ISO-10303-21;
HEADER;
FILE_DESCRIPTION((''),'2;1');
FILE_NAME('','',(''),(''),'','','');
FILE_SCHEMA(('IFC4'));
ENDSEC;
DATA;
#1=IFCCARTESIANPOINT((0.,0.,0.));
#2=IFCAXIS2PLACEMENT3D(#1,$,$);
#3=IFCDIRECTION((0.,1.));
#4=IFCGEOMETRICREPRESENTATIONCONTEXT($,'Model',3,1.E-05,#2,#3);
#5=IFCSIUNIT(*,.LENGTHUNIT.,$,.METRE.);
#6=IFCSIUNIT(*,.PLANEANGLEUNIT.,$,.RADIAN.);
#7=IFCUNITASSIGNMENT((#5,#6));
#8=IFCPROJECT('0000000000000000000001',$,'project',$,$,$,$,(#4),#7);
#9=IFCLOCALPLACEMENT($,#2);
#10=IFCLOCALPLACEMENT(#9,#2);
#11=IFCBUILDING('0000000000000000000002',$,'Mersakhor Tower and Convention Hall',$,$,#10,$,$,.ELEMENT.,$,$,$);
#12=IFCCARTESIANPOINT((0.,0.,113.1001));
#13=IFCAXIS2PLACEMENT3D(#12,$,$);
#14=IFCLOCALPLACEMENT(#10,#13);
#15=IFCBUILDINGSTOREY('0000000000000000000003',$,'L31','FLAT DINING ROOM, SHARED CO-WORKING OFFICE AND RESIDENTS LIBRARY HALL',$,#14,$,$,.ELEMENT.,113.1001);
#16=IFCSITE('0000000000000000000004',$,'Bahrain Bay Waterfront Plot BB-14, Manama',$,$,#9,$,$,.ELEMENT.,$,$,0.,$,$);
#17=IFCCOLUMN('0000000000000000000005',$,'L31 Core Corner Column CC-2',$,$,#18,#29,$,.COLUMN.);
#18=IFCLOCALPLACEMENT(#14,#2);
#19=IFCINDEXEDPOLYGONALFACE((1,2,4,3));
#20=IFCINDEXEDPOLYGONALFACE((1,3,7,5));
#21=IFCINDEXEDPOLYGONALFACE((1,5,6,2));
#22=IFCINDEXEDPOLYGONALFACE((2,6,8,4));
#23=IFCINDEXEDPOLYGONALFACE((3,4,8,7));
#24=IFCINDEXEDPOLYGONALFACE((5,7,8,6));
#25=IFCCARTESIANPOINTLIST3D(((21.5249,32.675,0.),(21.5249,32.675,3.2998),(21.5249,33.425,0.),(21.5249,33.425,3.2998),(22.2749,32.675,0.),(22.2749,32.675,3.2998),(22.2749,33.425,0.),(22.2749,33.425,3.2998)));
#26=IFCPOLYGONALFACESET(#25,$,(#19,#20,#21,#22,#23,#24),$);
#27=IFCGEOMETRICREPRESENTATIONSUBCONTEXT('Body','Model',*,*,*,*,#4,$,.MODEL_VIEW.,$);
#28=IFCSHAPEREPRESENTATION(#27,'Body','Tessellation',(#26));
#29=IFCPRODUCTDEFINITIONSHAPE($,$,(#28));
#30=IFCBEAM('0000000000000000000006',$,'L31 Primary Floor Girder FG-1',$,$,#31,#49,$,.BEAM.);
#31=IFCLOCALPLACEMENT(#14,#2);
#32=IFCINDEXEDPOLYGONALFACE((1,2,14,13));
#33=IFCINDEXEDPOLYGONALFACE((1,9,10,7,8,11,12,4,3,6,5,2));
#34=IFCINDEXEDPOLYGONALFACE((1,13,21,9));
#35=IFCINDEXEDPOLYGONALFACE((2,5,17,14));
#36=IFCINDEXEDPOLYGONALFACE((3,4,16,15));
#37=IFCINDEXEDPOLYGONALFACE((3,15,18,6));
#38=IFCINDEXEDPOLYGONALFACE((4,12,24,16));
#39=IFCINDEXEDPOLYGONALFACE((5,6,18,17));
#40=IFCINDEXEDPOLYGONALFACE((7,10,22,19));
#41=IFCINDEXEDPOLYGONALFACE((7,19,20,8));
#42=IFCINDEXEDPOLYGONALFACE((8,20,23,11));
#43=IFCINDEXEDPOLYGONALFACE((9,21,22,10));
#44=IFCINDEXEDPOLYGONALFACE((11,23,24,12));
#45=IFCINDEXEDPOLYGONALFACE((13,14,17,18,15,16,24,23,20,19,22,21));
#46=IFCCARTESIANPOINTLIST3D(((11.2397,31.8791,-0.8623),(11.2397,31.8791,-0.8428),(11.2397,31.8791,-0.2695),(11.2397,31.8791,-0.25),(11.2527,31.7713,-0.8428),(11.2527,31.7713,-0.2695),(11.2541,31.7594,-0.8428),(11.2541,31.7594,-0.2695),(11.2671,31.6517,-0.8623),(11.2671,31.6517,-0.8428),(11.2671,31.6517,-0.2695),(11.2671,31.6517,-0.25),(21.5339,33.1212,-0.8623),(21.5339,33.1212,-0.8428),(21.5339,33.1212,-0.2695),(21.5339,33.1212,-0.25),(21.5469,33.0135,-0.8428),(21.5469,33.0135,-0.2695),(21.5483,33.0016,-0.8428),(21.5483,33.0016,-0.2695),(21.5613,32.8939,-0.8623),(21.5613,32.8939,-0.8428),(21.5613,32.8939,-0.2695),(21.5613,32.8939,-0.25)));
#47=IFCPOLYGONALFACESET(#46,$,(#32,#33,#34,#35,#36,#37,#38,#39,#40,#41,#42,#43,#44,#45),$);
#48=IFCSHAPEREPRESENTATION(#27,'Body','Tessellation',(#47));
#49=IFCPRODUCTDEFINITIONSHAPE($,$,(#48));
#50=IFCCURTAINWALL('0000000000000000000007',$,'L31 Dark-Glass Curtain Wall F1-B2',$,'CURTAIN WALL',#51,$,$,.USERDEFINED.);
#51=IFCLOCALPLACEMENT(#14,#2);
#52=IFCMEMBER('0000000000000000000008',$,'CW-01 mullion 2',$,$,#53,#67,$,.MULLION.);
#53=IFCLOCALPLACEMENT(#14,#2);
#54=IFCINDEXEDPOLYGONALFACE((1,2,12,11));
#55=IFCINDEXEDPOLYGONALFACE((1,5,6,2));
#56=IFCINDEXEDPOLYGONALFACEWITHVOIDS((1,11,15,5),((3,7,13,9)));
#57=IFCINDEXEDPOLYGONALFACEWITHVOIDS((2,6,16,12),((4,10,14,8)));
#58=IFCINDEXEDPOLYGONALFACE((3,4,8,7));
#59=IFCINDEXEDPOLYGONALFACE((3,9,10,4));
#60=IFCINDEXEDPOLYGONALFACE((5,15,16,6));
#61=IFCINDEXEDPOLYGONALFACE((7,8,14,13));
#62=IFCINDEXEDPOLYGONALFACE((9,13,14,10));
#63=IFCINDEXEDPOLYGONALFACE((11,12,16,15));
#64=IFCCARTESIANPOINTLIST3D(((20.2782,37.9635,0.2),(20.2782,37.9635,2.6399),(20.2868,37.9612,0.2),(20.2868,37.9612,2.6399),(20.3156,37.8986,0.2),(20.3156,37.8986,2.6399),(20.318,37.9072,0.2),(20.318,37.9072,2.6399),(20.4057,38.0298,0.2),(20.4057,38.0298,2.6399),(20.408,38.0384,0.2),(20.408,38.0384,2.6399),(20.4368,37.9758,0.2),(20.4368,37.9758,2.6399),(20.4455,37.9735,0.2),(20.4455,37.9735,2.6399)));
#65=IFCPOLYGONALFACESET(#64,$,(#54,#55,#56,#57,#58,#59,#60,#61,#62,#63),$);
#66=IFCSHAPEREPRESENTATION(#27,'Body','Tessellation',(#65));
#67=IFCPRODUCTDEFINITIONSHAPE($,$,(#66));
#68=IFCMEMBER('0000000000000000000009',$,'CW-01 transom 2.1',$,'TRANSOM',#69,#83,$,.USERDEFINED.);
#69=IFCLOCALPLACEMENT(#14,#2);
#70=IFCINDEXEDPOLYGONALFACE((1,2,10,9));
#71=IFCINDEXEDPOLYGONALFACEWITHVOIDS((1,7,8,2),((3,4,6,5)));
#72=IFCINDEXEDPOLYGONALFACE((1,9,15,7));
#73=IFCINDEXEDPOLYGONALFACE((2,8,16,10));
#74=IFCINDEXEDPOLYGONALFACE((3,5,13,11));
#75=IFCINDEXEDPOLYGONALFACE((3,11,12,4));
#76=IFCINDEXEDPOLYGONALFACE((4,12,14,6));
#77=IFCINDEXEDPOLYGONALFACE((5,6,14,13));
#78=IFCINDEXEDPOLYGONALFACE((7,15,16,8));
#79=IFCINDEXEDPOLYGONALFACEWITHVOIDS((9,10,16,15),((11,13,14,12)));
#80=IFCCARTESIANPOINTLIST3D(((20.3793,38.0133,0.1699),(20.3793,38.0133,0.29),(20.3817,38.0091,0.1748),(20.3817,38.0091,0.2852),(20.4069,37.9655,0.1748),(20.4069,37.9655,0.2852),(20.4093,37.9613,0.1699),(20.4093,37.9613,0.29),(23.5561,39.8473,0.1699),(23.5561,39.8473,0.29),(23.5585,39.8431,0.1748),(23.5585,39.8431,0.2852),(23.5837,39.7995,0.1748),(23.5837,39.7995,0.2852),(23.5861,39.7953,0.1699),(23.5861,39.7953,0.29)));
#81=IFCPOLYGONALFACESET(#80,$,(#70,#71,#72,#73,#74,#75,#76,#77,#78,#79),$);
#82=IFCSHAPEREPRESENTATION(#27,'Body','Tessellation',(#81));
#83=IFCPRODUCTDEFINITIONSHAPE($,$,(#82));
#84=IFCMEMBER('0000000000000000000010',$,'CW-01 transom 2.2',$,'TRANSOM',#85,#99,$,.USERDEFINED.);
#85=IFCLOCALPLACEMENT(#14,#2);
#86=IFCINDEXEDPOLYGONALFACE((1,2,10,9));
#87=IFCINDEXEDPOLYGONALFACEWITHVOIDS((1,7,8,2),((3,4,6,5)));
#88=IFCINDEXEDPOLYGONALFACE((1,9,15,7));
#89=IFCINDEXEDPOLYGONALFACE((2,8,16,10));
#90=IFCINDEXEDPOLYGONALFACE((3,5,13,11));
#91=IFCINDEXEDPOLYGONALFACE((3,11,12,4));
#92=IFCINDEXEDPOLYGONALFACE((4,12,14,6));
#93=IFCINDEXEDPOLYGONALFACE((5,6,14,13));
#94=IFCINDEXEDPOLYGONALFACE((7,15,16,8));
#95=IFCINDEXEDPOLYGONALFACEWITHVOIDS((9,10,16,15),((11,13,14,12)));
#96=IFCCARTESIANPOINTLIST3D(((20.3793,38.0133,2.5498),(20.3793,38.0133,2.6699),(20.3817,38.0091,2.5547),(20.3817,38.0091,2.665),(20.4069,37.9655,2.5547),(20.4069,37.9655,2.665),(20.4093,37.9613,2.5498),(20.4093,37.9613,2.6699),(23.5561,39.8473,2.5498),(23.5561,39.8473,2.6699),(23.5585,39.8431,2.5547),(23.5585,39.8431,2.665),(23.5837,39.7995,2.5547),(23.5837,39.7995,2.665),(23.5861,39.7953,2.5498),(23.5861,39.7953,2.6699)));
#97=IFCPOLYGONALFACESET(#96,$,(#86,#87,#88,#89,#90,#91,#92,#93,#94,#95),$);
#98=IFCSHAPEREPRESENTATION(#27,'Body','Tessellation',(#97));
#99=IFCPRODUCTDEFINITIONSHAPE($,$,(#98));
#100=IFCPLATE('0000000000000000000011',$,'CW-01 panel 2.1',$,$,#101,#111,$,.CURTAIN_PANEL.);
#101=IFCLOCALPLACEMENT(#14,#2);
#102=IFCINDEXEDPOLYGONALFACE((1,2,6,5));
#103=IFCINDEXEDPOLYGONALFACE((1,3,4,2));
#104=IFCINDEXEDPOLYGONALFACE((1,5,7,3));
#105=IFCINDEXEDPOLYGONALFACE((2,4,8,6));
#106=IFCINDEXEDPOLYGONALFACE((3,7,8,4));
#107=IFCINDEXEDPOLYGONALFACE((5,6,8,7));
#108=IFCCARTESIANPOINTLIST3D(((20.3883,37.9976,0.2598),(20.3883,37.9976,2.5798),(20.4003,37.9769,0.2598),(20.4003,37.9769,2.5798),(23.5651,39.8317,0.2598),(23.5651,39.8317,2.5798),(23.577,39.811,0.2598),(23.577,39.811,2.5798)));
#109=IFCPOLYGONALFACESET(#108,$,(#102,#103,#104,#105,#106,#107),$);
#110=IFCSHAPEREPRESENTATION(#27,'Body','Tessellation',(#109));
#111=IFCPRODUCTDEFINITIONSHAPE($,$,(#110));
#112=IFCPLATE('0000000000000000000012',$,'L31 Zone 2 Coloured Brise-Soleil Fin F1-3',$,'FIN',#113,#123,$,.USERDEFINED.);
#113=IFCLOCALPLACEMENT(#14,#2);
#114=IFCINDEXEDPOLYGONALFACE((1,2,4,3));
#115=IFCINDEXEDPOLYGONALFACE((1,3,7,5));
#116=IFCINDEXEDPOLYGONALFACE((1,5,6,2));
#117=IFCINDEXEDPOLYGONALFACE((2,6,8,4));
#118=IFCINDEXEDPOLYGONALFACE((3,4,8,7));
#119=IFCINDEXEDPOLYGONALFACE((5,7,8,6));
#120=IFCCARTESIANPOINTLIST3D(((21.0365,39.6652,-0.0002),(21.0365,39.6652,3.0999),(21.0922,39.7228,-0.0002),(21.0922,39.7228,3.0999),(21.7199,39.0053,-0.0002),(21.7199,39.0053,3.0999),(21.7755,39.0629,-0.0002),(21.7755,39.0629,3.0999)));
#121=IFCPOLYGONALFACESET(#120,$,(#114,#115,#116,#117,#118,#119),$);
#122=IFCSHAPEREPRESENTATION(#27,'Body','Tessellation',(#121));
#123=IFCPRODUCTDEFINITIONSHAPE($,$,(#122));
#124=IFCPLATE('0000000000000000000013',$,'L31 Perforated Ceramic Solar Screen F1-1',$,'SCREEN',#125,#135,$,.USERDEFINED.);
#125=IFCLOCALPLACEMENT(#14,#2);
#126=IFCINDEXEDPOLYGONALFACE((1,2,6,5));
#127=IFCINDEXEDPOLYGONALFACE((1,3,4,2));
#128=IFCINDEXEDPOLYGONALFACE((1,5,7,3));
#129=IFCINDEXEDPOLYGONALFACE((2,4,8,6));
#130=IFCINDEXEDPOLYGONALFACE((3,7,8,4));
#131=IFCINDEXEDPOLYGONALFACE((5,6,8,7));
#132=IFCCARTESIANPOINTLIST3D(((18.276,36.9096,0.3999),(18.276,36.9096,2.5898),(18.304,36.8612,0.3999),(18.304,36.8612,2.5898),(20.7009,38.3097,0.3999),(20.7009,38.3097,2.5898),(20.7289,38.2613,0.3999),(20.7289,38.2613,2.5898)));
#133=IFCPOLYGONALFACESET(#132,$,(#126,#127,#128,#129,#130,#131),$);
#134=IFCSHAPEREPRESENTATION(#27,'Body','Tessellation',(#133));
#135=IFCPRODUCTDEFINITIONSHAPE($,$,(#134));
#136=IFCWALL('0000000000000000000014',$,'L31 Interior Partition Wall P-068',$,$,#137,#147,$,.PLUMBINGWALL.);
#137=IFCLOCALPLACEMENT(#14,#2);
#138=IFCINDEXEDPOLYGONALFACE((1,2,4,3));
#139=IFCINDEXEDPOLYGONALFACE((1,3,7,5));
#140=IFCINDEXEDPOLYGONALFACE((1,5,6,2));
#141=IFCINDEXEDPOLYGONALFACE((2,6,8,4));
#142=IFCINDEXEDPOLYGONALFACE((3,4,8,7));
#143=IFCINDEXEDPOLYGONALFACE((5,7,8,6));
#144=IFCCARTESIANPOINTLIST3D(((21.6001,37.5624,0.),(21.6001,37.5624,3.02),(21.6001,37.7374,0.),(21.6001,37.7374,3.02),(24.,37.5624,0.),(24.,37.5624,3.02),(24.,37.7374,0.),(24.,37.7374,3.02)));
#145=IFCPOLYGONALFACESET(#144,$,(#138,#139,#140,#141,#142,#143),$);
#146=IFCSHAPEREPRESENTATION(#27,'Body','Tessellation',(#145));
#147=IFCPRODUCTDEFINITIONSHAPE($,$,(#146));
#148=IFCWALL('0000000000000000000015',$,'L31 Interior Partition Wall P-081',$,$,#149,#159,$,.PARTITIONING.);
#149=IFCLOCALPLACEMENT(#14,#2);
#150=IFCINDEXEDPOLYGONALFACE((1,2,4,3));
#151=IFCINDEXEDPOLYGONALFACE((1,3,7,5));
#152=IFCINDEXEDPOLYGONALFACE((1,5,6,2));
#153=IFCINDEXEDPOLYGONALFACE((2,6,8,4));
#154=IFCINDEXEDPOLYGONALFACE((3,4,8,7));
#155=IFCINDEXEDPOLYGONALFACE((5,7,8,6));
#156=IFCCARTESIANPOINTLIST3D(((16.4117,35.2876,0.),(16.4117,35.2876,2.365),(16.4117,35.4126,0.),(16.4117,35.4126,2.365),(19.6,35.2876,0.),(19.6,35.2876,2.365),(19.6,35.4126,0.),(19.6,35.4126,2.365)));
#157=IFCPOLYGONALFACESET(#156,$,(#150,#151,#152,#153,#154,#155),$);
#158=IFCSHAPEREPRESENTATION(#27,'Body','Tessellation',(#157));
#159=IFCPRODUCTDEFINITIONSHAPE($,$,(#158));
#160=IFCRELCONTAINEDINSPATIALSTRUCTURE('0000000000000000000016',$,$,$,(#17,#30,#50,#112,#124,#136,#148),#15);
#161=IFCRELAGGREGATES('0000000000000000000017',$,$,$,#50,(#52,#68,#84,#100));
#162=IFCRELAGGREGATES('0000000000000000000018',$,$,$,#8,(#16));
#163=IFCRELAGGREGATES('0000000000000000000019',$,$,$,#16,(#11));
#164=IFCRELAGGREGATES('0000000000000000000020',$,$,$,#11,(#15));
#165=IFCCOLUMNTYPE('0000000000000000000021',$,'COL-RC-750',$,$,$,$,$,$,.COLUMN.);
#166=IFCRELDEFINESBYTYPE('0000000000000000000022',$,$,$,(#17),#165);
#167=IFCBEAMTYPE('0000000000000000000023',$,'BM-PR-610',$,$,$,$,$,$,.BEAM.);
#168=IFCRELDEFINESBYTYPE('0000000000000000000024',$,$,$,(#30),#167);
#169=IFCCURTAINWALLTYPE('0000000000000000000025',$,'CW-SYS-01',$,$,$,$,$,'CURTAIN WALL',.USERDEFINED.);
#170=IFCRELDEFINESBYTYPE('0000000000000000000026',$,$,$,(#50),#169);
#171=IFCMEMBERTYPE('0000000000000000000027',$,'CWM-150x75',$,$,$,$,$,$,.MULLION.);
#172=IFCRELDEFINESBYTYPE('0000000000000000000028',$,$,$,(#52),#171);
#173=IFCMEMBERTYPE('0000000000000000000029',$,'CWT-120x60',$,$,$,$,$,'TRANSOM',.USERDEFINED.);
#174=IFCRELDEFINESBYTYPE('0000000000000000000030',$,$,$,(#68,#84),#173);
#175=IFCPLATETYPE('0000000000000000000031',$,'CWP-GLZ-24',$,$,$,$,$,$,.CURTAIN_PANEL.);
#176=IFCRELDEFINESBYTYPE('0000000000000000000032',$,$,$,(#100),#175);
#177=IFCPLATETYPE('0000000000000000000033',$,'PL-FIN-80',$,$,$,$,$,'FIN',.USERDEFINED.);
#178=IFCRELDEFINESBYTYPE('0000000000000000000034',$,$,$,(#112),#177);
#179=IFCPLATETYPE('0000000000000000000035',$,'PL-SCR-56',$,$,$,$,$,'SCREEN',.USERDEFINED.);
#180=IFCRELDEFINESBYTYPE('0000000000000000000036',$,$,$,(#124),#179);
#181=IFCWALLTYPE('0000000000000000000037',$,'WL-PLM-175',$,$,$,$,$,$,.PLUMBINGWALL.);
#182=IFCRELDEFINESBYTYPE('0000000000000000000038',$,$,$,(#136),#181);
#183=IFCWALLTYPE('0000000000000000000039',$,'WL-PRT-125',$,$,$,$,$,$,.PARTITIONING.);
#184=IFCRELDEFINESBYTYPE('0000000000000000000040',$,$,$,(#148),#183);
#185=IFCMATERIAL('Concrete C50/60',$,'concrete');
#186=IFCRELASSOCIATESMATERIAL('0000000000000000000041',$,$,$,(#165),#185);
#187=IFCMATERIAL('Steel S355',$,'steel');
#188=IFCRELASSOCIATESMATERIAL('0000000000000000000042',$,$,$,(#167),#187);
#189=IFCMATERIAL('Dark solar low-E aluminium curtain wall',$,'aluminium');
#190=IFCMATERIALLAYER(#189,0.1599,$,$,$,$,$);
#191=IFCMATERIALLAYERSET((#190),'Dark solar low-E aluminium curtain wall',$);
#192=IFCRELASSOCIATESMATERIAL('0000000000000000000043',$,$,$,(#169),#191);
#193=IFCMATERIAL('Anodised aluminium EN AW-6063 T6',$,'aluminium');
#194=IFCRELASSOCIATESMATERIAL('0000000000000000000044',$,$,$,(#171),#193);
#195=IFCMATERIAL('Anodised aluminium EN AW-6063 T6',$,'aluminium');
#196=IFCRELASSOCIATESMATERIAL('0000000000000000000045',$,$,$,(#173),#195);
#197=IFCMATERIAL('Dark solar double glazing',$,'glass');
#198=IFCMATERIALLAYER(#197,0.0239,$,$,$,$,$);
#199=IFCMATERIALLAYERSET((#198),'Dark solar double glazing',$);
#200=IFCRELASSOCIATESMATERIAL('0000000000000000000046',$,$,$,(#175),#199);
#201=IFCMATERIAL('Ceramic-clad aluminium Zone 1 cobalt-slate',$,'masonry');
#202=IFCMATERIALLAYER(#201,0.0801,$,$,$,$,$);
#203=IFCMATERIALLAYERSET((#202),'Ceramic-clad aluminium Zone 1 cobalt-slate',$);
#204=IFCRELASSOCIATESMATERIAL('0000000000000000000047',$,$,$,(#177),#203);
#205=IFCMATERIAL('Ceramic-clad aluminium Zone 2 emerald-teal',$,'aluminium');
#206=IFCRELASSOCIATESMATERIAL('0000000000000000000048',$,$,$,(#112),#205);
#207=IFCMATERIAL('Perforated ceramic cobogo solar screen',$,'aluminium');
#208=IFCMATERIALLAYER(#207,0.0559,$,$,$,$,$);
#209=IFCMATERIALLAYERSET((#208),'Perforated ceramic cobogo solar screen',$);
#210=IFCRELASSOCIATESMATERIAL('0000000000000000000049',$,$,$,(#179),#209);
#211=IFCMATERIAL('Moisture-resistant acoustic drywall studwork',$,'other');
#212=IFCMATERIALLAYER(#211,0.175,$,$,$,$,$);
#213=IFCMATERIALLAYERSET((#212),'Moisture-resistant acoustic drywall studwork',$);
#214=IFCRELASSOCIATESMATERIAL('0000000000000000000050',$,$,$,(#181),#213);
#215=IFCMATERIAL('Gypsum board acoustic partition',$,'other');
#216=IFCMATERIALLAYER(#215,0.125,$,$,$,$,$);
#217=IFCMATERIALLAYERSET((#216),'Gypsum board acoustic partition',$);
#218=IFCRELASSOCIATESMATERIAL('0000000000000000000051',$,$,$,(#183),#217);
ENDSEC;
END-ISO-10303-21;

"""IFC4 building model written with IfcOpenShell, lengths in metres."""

from ifc_helpers import new_model, si_unit, direction, frame, frame_2d, origin, origin_2d, place, context, subcontext, project, spatial, rectangle, hollow_rectangle, i_section, extrude, material, layer, layer_set, material_profile, profile_set, type_object, element, aggregate, save


model = new_model("IFC4")

# Units and contexts
model_context = context("Model", 3, precision=1e-05, world=origin(), true_north=direction((0.0, 1.0)))
body_context = subcontext(model_context, "Body", "Model", "MODEL_VIEW")
ifc_project = project(units=[si_unit("LENGTHUNIT", "METRE"), si_unit("PLANEANGLEUNIT", "RADIAN")], contexts=[model_context])

# Site, building, storey
site_placement = place(None, origin())
site = spatial("IfcSite", under=ifc_project, at=site_placement, Name="Bahrain Bay Waterfront Plot BB-14, Manama", CompositionType="ELEMENT", RefElevation=0.0)
building_placement = place(site_placement, origin())
building = spatial("IfcBuilding", under=site, at=building_placement, Name="Mersakhor Tower and Convention Hall", CompositionType="ELEMENT")
storey_placement = place(building_placement, frame((0.0, 0.0, 113.1001)))
storey = spatial("IfcBuildingStorey", under=building, at=storey_placement, Name="L31", Description="FLAT DINING ROOM, SHARED CO-WORKING OFFICE AND RESIDENTS LIBRARY HALL", CompositionType="ELEMENT", Elevation=113.1001)

# Column
ifc_material_1 = material(Name="Concrete C50/60", Category="concrete")
ifc_material_profile_1 = material_profile(ifc_material_1, rectangle(XDim=0.75, YDim=0.75, at=origin_2d()), Name="RC 750x750")
ifc_profile_set_1 = profile_set([ifc_material_profile_1], Name="Concrete C50/60")
column_type = type_object("IfcColumnType", Name="COL-RC-750", PredefinedType="COLUMN", material=ifc_profile_set_1)
column_placement = place(storey_placement, frame((21.8999, 33.05, 0.0), z_axis=(0.0, 0.0, 1.0), x_axis=(1.0, 0.0, 0.0)))
element("IfcColumn", 1, at=column_placement, inside=storey, type_object=column_type, Name="L31 Core Corner Column CC-2", PredefinedType="COLUMN", context=body_context, shape_type="SweptSolid", body=[
    extrude(rectangle(XDim=0.75, YDim=0.75, at=origin_2d()), origin(), (0.0, 0.0, 1.0), 3.2998),
])

# Beam
ifc_material_2 = material(Name="Steel S355", Category="steel")
ifc_material_profile_2 = material_profile(ifc_material_2, i_section(OverallWidth=0.229, OverallDepth=0.6123, WebThickness=0.012, FlangeThickness=0.0195, at=origin_2d()), Name="UB 610x229x125")
ifc_profile_set_2 = profile_set([ifc_material_profile_2], Name="Steel S355")
beam_type = type_object("IfcBeamType", Name="BM-PR-610", PredefinedType="BEAM", material=ifc_profile_set_2)
beam_placement = place(storey_placement, frame((21.5476, 33.0076, -0.5562), z_axis=(-0.992798, -0.1198, 0.0), x_axis=(0.1198, -0.992798, 0.0)))
element("IfcBeam", 2, at=beam_placement, inside=storey, type_object=beam_type, Name="L31 Primary Floor Girder FG-1", PredefinedType="BEAM", context=body_context, shape_type="SweptSolid", body=[
    extrude(i_section(OverallWidth=0.229, OverallDepth=0.6123, WebThickness=0.012, FlangeThickness=0.0195, at=origin_2d()), origin(), (0.0, 0.0, 1.0), 10.3689),
])

# Curtain wall, members, plate
ifc_material_3 = material(Name="Dark solar low-E aluminium curtain wall", Category="aluminium")
ifc_layer_1 = layer(ifc_material_3, 0.1599)
ifc_layer_set_1 = layer_set([ifc_layer_1], Name="Dark solar low-E aluminium curtain wall")
curtain_wall_type = type_object("IfcCurtainWallType", Name="CW-SYS-01", ElementType="CURTAIN WALL", PredefinedType="USERDEFINED", material=ifc_layer_set_1)
curtain_wall_placement = place(storey_placement, origin())
curtain_wall = element("IfcCurtainWall", 3, at=curtain_wall_placement, inside=storey, type_object=curtain_wall_type, Name="L31 Dark-Glass Curtain Wall F1-B2", ObjectType="CURTAIN WALL", PredefinedType="USERDEFINED")
ifc_material_4 = material(Name="Anodised aluminium EN AW-6063 T6", Category="aluminium")
ifc_material_profile_3 = material_profile(ifc_material_4, hollow_rectangle(XDim=0.075, YDim=0.1499, WallThickness=0.0063, at=origin_2d()), Name="RHS 150x75x6.3")
ifc_profile_set_3 = profile_set([ifc_material_profile_3], Name="Anodised aluminium EN AW-6063 T6")
member_type_1 = type_object("IfcMemberType", Name="CWM-150x75", PredefinedType="MULLION", material=ifc_profile_set_3)
member_1_placement = place(storey_placement, frame((20.3618, 37.9685, 0.2), z_axis=(0.0, 0.0, 1.0), x_axis=(-0.499998, 0.866027, 0.0)))
member_1 = element("IfcMember", 4, at=member_1_placement, type_object=member_type_1, Name="CW-01 mullion 2", PredefinedType="MULLION", context=body_context, shape_type="SweptSolid", body=[
    extrude(hollow_rectangle(XDim=0.075, YDim=0.1499, WallThickness=0.0063, at=origin_2d()), origin(), (0.0, 0.0, 1.0), 2.4399),
])
ifc_material_5 = material(Name="Anodised aluminium EN AW-6063 T6", Category="aluminium")
ifc_material_profile_4 = material_profile(ifc_material_5, hollow_rectangle(XDim=0.0601, YDim=0.1201, WallThickness=0.0049, at=origin_2d()), Name="RHS 120x60x5")
ifc_profile_set_4 = profile_set([ifc_material_profile_4], Name="Anodised aluminium EN AW-6063 T6")
member_type_2 = type_object("IfcMemberType", Name="CWT-120x60", ElementType="TRANSOM", PredefinedType="USERDEFINED", material=ifc_profile_set_4)
member_2_placement = place(storey_placement, frame((20.3943, 37.9873, 0.23), z_axis=(0.866039, 0.499976, 0.0), x_axis=(-0.499976, 0.866039, 0.0)))
member_2 = element("IfcMember", 5, at=member_2_placement, type_object=member_type_2, Name="CW-01 transom 2.1", ObjectType="TRANSOM", PredefinedType="USERDEFINED", context=body_context, shape_type="SweptSolid", body=[
    extrude(hollow_rectangle(XDim=0.0601, YDim=0.1201, WallThickness=0.0049, at=origin_2d()), origin(), (0.0, 0.0, 1.0), 3.6682),
])
member_3_placement = place(storey_placement, frame((20.3943, 37.9873, 2.6099), z_axis=(0.866039, 0.499976, 0.0), x_axis=(-0.499976, 0.866039, 0.0)))
member_3 = element("IfcMember", 6, at=member_3_placement, type_object=member_type_2, Name="CW-01 transom 2.2", ObjectType="TRANSOM", PredefinedType="USERDEFINED", context=body_context, shape_type="SweptSolid", body=[
    extrude(hollow_rectangle(XDim=0.0601, YDim=0.1201, WallThickness=0.0049, at=origin_2d()), origin(), (0.0, 0.0, 1.0), 3.6682),
])
ifc_material_6 = material(Name="Dark solar double glazing", Category="glass")
ifc_layer_2 = layer(ifc_material_6, 0.0239)
ifc_layer_set_2 = layer_set([ifc_layer_2], Name="Dark solar double glazing")
plate_type_1 = type_object("IfcPlateType", Name="CWP-GLZ-24", PredefinedType="CURTAIN_PANEL", material=ifc_layer_set_2)
plate_1_placement = place(storey_placement, frame((21.9827, 38.9043, 0.2598), z_axis=(0.0, 0.0, 1.0), x_axis=(0.866027, 0.499998, 0.0)))
plate_1 = element("IfcPlate", 7, at=plate_1_placement, type_object=plate_type_1, Name="CW-01 panel 2.1", PredefinedType="CURTAIN_PANEL", context=body_context, shape_type="SweptSolid", body=[
    extrude(rectangle(XDim=3.6682, YDim=0.0239, at=origin_2d()), origin(), (0.0, 0.0, 1.0), 2.3201),
])
aggregate(curtain_wall, [member_1, member_2, member_3, plate_1])

# Plates
ifc_material_7 = material(Name="Ceramic-clad aluminium Zone 2 emerald-teal", Category="aluminium")
ifc_material_8 = material(Name="Ceramic-clad aluminium Zone 1 cobalt-slate", Category="masonry")
ifc_layer_3 = layer(ifc_material_8, 0.0801)
ifc_layer_set_3 = layer_set([ifc_layer_3], Name="Ceramic-clad aluminium Zone 1 cobalt-slate")
plate_type_2 = type_object("IfcPlateType", Name="PL-FIN-80", ElementType="FIN", PredefinedType="USERDEFINED", material=ifc_layer_set_3)
plate_2_placement = place(storey_placement, frame((21.406, 39.364, -0.0002), z_axis=(0.0, 0.0, 1.0), x_axis=(-0.71934, 0.694658, 0.0)))
element("IfcPlate", 8, at=plate_2_placement, inside=storey, type_object=plate_type_2, material=ifc_material_7, Name="L31 Zone 2 Coloured Brise-Soleil Fin F1-3", ObjectType="FIN", PredefinedType="USERDEFINED", context=body_context, shape_type="SweptSolid", body=[
    extrude(rectangle(XDim=0.95, YDim=0.0801, at=origin_2d()), origin(), (0.0, 0.0, 1.0), 3.1001),
])
ifc_material_9 = material(Name="Perforated ceramic cobogo solar screen", Category="aluminium")
ifc_layer_4 = layer(ifc_material_9, 0.0559)
ifc_layer_set_4 = layer_set([ifc_layer_4], Name="Perforated ceramic cobogo solar screen")
plate_type_3 = type_object("IfcPlateType", Name="PL-SCR-56", ElementType="SCREEN", PredefinedType="USERDEFINED", material=ifc_layer_set_4)
plate_3_placement = place(storey_placement, frame((19.5024, 37.5854, 0.3999), z_axis=(0.0, 0.0, 1.0), x_axis=(0.866025, 0.5, 0.0)))
element("IfcPlate", 9, at=plate_3_placement, inside=storey, type_object=plate_type_3, Name="L31 Perforated Ceramic Solar Screen F1-1", ObjectType="SCREEN", PredefinedType="USERDEFINED", context=body_context, shape_type="SweptSolid", body=[
    extrude(rectangle(XDim=2.8, YDim=0.0559, at=origin_2d()), origin(), (0.0, 0.0, 1.0), 2.1899),
])

# Walls
ifc_material_10 = material(Name="Moisture-resistant acoustic drywall studwork", Category="other")
ifc_layer_5 = layer(ifc_material_10, 0.175)
ifc_layer_set_5 = layer_set([ifc_layer_5], Name="Moisture-resistant acoustic drywall studwork")
wall_type_1 = type_object("IfcWallType", Name="WL-PLM-175", PredefinedType="PLUMBINGWALL", material=ifc_layer_set_5)
wall_1_placement = place(storey_placement, frame((21.6001, 37.6499, 0.0), z_axis=(0.0, 0.0, 1.0), x_axis=(1.0, 0.0, 0.0)))
element("IfcWall", 10, at=wall_1_placement, inside=storey, type_object=wall_type_1, Name="L31 Interior Partition Wall P-068", PredefinedType="PLUMBINGWALL", context=body_context, shape_type="SweptSolid", body=[
    extrude(rectangle(XDim=2.3999, YDim=0.175, at=frame_2d((1.2, 0.0))), origin(), (0.0, 0.0, 1.0), 3.02),
])
ifc_material_11 = material(Name="Gypsum board acoustic partition", Category="other")
ifc_layer_6 = layer(ifc_material_11, 0.125)
ifc_layer_set_6 = layer_set([ifc_layer_6], Name="Gypsum board acoustic partition")
wall_type_2 = type_object("IfcWallType", Name="WL-PRT-125", PredefinedType="PARTITIONING", material=ifc_layer_set_6)
wall_2_placement = place(storey_placement, frame((19.6001, 35.3501, 0.0), z_axis=(0.0, 0.0, 1.0), x_axis=(-1.0, 0.0, 0.0)))
element("IfcWall", 11, at=wall_2_placement, inside=storey, type_object=wall_type_2, Name="L31 Interior Partition Wall P-081", PredefinedType="PARTITIONING", context=body_context, shape_type="SweptSolid", body=[
    extrude(rectangle(XDim=3.1882, YDim=0.125, at=frame_2d((1.5942, 0.0))), origin(), (0.0, 0.0, 1.0), 2.365),
])

save(model, "model.ifc")
